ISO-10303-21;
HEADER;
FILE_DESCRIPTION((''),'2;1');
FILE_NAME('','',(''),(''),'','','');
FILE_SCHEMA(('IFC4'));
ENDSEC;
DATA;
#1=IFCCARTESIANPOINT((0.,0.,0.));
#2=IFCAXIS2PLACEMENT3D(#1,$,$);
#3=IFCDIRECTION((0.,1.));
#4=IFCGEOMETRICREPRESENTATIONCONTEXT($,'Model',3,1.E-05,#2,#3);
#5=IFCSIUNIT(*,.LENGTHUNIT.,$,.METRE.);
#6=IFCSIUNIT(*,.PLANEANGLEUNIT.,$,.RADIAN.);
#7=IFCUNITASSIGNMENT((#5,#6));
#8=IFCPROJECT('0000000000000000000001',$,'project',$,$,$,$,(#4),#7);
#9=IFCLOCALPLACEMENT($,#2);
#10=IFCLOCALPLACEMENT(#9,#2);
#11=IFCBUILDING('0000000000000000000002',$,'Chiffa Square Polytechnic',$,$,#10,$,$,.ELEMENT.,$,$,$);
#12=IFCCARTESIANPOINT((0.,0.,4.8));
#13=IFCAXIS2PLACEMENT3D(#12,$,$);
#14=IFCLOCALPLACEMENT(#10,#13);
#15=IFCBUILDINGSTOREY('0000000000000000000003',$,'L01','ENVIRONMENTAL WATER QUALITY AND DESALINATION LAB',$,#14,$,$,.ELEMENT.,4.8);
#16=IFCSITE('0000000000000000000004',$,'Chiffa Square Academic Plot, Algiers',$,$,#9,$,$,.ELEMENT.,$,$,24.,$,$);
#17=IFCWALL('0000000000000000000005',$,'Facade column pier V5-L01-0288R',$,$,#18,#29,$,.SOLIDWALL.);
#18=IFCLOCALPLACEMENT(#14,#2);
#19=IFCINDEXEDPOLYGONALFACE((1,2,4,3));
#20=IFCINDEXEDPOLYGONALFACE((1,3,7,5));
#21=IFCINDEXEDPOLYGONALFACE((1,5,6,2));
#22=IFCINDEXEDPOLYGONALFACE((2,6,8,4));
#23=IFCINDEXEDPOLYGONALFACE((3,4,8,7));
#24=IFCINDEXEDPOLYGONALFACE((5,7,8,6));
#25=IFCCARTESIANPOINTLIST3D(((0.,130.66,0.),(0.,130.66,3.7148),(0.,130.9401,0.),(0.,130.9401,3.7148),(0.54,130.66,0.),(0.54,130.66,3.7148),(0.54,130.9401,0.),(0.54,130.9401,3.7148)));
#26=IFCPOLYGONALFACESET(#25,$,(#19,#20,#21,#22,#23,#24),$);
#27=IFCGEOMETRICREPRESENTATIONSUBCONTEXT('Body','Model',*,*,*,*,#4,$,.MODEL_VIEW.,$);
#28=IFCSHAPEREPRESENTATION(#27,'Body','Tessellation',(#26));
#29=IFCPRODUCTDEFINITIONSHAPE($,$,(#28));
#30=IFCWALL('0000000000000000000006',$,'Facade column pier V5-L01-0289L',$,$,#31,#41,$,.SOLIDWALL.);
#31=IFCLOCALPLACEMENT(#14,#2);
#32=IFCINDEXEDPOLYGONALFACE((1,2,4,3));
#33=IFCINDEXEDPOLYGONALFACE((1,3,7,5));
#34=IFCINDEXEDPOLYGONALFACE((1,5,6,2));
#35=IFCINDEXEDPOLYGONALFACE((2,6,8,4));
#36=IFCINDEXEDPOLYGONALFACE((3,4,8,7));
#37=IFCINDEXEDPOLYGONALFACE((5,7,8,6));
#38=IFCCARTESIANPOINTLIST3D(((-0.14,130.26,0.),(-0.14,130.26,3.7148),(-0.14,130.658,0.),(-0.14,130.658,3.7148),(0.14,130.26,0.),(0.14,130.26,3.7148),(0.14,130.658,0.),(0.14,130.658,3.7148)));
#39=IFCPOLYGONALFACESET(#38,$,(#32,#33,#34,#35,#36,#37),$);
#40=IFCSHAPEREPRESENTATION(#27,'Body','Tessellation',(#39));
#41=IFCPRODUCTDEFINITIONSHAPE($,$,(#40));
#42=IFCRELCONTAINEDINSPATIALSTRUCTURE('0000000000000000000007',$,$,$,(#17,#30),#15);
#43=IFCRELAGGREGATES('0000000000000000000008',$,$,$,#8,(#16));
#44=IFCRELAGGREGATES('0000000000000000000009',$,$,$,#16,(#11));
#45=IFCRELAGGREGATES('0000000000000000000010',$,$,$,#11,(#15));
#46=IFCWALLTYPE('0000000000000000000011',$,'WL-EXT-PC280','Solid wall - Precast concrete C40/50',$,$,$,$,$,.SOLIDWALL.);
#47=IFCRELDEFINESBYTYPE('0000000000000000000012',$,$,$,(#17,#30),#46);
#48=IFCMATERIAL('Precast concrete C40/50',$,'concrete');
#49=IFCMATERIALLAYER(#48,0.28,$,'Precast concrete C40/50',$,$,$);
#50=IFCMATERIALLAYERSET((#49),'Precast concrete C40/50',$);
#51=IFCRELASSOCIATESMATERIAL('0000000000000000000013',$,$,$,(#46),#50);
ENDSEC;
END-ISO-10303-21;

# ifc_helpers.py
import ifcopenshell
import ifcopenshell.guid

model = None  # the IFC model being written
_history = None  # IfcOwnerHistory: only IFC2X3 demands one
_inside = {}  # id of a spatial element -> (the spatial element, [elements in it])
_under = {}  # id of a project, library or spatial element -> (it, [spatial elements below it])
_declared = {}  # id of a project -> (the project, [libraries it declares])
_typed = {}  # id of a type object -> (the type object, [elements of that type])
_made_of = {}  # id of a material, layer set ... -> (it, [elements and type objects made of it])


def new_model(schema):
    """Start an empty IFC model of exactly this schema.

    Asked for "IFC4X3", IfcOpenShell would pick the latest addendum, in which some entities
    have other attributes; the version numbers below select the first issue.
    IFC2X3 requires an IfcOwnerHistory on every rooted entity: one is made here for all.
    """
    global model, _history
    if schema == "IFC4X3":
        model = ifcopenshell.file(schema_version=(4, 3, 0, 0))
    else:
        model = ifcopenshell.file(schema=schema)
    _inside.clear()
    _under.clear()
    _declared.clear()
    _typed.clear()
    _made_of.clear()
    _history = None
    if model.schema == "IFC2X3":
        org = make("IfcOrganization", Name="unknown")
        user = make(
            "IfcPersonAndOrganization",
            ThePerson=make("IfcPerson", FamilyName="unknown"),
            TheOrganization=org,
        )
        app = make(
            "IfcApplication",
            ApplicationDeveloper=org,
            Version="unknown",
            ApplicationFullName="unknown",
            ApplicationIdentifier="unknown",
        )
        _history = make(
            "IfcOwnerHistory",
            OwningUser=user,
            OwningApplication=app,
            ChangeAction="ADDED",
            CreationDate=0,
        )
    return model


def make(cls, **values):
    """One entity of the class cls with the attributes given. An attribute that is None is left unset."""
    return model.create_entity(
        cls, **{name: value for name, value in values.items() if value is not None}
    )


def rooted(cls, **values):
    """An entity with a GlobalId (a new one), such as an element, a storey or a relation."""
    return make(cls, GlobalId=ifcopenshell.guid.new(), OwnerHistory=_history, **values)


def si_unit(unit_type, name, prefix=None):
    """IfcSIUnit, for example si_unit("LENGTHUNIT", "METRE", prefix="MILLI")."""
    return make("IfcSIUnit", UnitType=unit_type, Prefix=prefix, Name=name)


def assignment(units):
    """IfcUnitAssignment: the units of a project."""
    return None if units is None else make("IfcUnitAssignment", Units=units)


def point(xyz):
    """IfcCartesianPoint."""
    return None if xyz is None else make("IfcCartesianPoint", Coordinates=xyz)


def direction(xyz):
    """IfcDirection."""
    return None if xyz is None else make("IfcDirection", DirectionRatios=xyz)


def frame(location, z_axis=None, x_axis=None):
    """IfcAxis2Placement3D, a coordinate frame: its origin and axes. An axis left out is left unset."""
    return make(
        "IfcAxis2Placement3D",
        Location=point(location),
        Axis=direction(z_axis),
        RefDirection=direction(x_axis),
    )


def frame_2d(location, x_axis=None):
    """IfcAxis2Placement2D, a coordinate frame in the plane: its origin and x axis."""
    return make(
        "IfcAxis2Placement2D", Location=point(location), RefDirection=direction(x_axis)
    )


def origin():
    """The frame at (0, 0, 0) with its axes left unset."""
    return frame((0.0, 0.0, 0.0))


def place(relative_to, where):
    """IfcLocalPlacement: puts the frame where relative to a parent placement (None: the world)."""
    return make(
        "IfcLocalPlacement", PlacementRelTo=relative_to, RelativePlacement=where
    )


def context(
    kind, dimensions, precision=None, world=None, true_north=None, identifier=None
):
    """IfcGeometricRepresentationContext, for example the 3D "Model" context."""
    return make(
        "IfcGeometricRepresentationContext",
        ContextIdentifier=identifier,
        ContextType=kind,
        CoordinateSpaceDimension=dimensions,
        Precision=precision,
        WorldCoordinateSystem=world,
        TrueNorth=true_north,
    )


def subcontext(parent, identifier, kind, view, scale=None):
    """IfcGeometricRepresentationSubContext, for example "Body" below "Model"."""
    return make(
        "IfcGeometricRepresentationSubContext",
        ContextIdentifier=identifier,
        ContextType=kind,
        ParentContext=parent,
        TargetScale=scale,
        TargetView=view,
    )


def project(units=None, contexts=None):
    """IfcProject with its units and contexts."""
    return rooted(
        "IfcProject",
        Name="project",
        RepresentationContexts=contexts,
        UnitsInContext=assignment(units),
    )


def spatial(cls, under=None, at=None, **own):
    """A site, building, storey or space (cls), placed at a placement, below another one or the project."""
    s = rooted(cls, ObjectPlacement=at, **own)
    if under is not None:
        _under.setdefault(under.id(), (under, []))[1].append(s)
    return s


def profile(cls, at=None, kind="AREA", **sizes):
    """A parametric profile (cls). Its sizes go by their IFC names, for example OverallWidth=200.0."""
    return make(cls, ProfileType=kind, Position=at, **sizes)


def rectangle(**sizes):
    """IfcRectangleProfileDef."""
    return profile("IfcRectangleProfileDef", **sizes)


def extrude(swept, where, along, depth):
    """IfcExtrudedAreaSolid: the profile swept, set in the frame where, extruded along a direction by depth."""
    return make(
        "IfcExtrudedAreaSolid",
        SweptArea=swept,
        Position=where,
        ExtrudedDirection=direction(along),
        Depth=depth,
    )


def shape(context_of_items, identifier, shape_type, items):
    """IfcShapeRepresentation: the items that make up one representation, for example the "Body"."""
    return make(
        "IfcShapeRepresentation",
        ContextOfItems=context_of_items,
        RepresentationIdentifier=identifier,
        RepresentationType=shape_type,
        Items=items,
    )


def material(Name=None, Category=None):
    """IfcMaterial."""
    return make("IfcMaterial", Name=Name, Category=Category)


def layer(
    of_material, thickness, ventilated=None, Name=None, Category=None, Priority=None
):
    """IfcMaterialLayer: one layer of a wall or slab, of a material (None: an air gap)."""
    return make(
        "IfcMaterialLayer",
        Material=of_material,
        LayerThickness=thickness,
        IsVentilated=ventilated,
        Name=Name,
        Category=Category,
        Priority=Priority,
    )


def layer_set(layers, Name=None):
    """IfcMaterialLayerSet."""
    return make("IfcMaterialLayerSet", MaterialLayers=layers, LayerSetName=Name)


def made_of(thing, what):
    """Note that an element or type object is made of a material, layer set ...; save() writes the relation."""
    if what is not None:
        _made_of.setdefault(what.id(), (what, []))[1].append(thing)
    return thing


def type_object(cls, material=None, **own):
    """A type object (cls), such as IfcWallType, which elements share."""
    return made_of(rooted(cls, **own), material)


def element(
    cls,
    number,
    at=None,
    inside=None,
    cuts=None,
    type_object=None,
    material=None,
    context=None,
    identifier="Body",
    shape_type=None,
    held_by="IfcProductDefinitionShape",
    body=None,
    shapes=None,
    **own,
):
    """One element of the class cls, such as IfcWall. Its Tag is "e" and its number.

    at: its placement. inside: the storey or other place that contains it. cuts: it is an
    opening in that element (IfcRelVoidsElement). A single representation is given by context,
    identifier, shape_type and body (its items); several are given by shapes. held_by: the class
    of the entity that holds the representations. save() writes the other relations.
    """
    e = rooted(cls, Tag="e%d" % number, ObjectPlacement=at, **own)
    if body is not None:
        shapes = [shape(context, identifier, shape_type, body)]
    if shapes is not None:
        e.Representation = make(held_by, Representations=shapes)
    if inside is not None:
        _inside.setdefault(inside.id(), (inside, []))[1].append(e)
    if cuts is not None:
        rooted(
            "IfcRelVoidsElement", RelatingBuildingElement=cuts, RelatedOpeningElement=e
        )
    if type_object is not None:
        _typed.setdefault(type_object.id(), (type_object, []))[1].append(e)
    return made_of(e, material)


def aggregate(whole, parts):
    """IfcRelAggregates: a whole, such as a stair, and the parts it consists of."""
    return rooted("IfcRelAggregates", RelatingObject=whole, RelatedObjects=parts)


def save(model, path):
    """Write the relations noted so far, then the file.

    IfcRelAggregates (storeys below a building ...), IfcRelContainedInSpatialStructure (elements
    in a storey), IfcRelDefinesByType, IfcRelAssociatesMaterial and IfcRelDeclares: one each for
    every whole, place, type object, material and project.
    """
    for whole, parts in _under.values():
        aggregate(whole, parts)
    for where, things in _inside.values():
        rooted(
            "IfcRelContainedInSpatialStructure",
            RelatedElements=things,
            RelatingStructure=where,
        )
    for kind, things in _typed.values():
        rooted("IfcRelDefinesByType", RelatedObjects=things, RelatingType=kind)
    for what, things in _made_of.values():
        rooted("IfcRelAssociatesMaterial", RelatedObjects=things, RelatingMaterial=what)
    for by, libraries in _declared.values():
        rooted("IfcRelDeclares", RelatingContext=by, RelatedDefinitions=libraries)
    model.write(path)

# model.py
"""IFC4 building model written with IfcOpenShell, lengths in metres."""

from ifc_helpers import new_model, si_unit, direction, frame, frame_2d, origin, place, context, subcontext, project, spatial, rectangle, extrude, material, layer, layer_set, type_object, element, save


model = new_model("IFC4")

# Units and contexts
model_context = context("Model", 3, precision=1e-05, world=origin(), true_north=direction((0.0, 1.0)))
body_context = subcontext(model_context, "Body", "Model", "MODEL_VIEW")
ifc_project = project(units=[si_unit("LENGTHUNIT", "METRE"), si_unit("PLANEANGLEUNIT", "RADIAN")], contexts=[model_context])

# Site, building, storey
site_placement = place(None, origin())
site = spatial("IfcSite", under=ifc_project, at=site_placement, Name="Chiffa Square Academic Plot, Algiers", CompositionType="ELEMENT", RefElevation=24.0)
building_placement = place(site_placement, origin())
building = spatial("IfcBuilding", under=site, at=building_placement, Name="Chiffa Square Polytechnic", CompositionType="ELEMENT")
storey_placement = place(building_placement, frame((0.0, 0.0, 4.8)))
storey = spatial("IfcBuildingStorey", under=building, at=storey_placement, Name="L01", Description="ENVIRONMENTAL WATER QUALITY AND DESALINATION LAB", CompositionType="ELEMENT", Elevation=4.8)

# Walls
ifc_material_1 = material(Name="Precast concrete C40/50", Category="concrete")
ifc_layer_1 = layer(ifc_material_1, 0.28, Name="Precast concrete C40/50")
ifc_layer_set_1 = layer_set([ifc_layer_1], Name="Precast concrete C40/50")
wall_type = type_object("IfcWallType", Name="WL-EXT-PC280", Description="Solid wall - Precast concrete C40/50", PredefinedType="SOLIDWALL", material=ifc_layer_set_1)
wall_1_placement = place(storey_placement, frame((0.54, 130.8, 0.0), z_axis=(0.0, 0.0, 1.0), x_axis=(-1.0, 0.0, 0.0)))
element("IfcWall", 1, at=wall_1_placement, inside=storey, type_object=wall_type, Name="Facade column pier V5-L01-0288R", PredefinedType="SOLIDWALL", context=body_context, shape_type="SweptSolid", body=[
    extrude(rectangle(XDim=0.54, YDim=0.28, at=frame_2d((0.27, 0.0))), origin(), (0.0, 0.0, 1.0), 3.7148),
])
wall_2_placement = place(storey_placement, frame((0.0, 130.658, 0.0), z_axis=(0.0, 0.0, 1.0), x_axis=(0.0, -1.0, 0.0)))
element("IfcWall", 2, at=wall_2_placement, inside=storey, type_object=wall_type, Name="Facade column pier V5-L01-0289L", PredefinedType="SOLIDWALL", context=body_context, shape_type="SweptSolid", body=[
    extrude(rectangle(XDim=0.3979, YDim=0.28, at=frame_2d((0.199, 0.0))), origin(), (0.0, 0.0, 1.0), 3.7148),
])

save(model, "model.ifc")
